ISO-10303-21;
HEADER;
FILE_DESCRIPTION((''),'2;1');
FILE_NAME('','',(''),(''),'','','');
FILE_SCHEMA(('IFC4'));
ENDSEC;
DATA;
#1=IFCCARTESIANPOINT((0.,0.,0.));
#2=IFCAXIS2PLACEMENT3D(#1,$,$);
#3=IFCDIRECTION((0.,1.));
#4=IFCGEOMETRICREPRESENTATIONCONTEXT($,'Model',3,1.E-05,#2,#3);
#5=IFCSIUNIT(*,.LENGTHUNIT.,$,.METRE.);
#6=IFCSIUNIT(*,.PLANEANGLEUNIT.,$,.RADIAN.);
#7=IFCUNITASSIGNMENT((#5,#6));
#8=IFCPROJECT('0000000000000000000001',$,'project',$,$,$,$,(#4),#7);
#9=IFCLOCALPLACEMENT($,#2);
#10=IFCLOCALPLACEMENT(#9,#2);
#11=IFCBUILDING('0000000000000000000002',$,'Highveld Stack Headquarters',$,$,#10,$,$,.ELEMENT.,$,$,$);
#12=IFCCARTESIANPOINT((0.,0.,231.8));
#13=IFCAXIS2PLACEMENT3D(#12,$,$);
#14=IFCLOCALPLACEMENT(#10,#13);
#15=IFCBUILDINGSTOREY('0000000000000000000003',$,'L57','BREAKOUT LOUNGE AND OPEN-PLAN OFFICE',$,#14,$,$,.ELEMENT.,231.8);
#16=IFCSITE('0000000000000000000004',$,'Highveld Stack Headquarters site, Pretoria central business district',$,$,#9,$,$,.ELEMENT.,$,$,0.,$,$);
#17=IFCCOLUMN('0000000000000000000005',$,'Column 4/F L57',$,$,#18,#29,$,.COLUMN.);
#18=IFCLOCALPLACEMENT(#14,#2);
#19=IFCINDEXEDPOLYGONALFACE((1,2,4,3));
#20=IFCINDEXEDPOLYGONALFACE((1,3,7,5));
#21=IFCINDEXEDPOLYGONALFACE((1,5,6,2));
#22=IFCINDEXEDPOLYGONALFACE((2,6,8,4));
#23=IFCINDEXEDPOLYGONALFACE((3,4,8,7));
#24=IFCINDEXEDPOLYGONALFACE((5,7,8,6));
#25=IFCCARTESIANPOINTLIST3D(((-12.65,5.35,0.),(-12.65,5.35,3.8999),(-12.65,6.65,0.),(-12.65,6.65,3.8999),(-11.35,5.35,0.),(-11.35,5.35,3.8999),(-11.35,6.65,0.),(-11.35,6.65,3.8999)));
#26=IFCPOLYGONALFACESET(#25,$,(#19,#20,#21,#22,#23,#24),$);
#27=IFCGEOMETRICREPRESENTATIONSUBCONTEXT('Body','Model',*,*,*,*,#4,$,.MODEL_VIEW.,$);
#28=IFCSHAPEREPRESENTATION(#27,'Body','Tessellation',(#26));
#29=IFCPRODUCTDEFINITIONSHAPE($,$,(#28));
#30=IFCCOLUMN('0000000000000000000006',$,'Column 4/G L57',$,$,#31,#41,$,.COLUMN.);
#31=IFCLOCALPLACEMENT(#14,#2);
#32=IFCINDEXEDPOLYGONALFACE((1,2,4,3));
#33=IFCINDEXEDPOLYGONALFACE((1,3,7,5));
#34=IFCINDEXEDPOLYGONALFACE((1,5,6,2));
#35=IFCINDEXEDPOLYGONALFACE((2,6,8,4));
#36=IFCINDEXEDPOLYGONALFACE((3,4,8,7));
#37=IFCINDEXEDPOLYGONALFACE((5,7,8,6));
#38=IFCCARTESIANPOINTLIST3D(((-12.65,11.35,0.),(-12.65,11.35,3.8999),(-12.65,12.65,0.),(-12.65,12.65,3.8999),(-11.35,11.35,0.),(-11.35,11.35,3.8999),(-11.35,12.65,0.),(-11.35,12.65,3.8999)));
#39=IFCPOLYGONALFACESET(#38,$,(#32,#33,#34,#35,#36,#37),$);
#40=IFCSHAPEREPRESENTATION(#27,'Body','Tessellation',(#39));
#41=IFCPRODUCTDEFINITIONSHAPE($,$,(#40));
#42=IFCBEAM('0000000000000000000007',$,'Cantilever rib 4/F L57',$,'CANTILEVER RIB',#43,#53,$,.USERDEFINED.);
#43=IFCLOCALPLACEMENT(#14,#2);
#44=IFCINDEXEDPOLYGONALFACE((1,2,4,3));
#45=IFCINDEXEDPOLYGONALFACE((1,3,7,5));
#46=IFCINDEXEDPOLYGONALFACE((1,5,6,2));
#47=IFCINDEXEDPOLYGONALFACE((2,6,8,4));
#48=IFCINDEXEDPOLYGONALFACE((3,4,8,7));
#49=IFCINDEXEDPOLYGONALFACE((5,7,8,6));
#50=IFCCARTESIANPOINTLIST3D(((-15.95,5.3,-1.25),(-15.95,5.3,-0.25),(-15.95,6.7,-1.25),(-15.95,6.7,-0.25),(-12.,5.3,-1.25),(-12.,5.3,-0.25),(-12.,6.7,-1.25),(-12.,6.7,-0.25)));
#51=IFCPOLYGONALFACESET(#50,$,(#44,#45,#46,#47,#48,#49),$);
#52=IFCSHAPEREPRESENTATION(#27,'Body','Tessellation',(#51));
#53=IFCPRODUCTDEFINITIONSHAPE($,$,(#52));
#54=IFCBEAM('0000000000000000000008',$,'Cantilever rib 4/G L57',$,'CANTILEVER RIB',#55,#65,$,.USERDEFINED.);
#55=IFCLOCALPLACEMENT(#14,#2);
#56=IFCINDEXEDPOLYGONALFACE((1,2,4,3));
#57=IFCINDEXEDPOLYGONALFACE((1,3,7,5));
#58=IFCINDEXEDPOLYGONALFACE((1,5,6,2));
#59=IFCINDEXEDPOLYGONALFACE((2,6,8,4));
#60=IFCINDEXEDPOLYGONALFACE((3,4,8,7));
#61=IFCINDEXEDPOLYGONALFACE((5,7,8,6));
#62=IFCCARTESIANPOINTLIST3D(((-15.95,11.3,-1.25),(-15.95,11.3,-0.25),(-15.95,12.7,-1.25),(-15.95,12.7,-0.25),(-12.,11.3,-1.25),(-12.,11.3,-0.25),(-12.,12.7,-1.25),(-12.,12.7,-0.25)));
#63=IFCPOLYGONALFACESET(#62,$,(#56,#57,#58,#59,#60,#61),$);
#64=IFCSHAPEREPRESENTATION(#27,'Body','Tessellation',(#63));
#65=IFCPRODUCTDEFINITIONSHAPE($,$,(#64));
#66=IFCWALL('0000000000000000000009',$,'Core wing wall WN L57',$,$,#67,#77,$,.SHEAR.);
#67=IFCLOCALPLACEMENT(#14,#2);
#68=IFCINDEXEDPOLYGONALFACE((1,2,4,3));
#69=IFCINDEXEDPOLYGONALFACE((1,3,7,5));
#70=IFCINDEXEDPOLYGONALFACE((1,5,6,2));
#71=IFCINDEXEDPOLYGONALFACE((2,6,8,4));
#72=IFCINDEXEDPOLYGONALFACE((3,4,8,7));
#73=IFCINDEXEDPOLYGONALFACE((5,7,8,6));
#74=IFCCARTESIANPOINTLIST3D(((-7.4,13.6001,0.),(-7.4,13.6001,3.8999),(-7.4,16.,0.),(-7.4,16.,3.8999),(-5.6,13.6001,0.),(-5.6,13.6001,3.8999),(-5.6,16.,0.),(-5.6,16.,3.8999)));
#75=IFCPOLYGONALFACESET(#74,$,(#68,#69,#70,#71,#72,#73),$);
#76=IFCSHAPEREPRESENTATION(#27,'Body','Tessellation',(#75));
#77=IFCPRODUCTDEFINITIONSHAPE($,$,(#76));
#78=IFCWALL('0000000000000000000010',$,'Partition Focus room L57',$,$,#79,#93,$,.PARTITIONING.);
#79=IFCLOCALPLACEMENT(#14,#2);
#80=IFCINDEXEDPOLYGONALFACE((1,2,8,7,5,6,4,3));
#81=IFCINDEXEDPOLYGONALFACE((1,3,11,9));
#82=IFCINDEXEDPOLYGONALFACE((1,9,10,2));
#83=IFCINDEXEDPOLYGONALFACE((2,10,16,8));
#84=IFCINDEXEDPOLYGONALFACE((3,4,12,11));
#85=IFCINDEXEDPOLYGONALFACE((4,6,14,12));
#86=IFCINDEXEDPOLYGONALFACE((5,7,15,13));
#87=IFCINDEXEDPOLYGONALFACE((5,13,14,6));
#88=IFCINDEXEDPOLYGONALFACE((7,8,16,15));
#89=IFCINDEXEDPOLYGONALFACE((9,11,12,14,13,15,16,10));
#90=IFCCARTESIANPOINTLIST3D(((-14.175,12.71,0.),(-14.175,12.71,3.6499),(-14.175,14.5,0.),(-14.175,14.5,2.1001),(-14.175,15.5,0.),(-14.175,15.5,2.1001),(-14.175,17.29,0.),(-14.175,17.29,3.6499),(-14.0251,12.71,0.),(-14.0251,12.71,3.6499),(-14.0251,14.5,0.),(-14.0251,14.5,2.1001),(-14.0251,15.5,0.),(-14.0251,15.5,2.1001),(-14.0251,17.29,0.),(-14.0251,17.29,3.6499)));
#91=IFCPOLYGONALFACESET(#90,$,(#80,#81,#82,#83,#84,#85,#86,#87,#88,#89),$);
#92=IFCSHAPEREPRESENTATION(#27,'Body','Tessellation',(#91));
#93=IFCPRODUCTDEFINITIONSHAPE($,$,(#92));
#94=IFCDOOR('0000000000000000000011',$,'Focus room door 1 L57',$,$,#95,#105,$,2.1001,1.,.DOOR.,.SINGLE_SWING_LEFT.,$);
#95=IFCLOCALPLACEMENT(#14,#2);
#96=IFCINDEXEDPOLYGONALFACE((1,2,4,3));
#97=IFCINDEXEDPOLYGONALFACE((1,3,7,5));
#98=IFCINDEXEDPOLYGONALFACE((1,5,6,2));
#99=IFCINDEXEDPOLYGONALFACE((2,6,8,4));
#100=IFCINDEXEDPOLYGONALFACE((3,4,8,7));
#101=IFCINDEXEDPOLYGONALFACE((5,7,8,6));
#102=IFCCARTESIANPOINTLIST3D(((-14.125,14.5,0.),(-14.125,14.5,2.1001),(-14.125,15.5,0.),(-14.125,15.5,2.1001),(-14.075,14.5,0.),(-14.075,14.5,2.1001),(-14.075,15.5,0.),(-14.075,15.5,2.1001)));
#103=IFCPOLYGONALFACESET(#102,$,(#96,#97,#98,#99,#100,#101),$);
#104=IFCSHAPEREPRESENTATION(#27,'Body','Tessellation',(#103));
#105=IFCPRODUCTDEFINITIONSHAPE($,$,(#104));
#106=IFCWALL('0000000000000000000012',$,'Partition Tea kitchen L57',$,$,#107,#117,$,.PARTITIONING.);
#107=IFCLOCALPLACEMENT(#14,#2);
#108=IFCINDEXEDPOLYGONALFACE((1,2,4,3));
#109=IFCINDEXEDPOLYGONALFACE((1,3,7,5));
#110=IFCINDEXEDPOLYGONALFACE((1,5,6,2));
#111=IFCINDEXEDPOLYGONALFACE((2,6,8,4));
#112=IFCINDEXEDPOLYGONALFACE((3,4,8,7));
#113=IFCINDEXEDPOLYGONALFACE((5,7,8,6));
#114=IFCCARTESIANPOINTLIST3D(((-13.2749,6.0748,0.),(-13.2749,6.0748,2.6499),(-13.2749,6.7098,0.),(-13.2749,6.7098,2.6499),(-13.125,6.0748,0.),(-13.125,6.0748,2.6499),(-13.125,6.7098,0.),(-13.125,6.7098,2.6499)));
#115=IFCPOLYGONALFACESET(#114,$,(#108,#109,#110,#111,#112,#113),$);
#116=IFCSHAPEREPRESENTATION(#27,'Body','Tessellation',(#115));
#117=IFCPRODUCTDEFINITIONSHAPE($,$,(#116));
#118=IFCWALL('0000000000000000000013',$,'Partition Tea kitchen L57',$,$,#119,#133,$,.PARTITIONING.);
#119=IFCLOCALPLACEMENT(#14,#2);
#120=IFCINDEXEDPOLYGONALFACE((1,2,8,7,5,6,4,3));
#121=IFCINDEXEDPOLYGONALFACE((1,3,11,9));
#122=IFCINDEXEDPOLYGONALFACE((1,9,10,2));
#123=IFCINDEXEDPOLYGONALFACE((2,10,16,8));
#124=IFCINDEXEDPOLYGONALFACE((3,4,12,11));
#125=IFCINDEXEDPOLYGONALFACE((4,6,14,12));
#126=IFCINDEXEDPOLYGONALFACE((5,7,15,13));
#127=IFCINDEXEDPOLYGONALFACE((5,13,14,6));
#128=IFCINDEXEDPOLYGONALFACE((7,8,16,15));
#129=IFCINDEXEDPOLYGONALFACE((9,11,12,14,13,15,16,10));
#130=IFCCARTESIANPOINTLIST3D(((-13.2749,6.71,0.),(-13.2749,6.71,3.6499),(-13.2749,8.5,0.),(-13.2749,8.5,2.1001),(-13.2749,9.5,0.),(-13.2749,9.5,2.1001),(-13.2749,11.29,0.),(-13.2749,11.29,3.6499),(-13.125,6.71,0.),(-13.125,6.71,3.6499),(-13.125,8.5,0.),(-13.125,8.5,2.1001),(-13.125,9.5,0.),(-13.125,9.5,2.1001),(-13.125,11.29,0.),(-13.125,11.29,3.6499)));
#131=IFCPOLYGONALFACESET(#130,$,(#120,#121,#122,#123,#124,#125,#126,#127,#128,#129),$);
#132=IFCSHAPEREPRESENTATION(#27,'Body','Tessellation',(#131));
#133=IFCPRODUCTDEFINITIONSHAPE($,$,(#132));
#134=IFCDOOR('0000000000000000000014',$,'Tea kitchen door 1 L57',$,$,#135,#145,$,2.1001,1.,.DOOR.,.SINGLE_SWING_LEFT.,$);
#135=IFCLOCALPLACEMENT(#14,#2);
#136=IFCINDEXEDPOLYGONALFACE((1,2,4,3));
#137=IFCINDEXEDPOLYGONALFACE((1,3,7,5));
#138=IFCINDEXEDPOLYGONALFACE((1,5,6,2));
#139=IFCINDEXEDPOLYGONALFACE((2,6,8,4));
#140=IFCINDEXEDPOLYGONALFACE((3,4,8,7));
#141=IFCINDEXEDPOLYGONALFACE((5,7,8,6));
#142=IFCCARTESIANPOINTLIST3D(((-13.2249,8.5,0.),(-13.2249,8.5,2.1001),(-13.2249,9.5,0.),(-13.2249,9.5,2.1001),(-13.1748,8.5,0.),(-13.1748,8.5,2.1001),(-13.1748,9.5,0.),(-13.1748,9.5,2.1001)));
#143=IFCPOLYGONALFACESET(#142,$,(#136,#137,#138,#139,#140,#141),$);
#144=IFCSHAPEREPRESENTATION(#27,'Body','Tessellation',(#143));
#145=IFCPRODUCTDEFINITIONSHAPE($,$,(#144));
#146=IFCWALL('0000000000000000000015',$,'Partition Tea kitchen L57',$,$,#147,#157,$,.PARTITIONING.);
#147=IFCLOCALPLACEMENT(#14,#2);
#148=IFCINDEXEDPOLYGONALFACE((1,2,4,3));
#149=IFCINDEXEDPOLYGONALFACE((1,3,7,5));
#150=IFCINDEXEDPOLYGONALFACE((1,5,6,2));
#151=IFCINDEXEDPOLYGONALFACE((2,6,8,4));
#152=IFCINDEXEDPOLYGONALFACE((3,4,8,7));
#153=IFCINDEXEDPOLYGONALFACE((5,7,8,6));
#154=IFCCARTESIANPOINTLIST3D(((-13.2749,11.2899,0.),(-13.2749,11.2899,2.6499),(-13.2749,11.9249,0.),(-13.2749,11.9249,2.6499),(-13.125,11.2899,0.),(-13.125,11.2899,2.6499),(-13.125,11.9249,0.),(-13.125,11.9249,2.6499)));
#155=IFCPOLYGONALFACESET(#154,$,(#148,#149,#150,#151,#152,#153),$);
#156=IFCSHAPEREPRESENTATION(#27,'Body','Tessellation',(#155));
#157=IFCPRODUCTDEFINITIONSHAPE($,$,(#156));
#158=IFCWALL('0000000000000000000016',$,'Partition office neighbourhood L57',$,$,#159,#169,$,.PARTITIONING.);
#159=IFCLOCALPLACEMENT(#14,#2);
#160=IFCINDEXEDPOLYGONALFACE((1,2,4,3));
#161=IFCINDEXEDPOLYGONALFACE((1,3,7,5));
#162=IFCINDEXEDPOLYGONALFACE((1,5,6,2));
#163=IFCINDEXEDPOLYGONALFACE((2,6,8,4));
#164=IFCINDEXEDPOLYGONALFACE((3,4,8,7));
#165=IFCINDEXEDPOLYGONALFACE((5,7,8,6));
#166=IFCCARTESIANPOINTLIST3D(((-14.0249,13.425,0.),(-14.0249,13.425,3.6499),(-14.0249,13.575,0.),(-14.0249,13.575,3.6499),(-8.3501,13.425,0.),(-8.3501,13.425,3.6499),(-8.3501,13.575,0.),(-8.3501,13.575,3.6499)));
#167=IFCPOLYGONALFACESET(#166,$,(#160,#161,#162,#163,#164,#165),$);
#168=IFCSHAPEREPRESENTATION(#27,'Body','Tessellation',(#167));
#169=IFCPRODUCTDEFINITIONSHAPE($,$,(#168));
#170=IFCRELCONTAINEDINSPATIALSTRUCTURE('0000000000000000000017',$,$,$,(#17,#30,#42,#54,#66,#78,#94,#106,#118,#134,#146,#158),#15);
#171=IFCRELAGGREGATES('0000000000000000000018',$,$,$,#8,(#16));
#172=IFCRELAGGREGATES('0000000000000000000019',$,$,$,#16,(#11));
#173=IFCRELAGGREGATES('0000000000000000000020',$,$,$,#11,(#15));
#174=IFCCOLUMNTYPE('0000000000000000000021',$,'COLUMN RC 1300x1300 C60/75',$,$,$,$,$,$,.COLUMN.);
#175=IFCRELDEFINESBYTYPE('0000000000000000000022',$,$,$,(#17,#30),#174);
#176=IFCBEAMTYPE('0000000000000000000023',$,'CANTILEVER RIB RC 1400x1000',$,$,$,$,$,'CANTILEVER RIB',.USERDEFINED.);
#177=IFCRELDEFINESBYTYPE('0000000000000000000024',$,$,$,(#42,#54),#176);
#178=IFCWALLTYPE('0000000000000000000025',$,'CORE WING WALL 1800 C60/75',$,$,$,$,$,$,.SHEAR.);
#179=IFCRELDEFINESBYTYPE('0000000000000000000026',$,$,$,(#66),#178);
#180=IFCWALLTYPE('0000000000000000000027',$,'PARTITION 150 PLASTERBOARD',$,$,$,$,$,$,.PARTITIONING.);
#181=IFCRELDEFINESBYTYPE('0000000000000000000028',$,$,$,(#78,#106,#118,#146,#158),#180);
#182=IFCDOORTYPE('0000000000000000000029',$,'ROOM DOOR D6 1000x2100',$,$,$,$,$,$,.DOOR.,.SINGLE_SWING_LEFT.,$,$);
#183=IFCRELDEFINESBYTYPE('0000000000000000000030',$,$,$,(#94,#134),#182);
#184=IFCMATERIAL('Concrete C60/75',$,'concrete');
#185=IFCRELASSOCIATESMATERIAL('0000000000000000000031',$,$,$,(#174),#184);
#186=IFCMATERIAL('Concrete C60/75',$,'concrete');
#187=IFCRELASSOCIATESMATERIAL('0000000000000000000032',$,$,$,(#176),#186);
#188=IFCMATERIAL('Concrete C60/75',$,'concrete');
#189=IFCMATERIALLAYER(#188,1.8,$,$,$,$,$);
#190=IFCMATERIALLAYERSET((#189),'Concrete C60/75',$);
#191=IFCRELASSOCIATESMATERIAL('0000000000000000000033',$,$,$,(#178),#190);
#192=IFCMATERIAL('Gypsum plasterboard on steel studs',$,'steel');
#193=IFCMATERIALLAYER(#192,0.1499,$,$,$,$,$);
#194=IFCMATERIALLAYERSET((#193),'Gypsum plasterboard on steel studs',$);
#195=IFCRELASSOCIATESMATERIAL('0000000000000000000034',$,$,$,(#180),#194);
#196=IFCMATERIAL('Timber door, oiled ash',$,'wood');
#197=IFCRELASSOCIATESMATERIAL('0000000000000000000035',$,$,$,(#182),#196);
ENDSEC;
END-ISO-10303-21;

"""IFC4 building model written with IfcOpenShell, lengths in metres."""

from ifc_helpers import new_model, si_unit, direction, frame, frame_2d, origin, origin_2d, place, context, subcontext, project, spatial, rectangle, extrude, material, layer, layer_set, material_profile, profile_set, type_object, element, fill, save


model = new_model("IFC4")

# Units and contexts
model_context = context("Model", 3, precision=1e-05, world=origin(), true_north=direction((0.0, 1.0)))
body_context = subcontext(model_context, "Body", "Model", "MODEL_VIEW")
ifc_project = project(units=[si_unit("LENGTHUNIT", "METRE"), si_unit("PLANEANGLEUNIT", "RADIAN")], contexts=[model_context])

# Site, building, storey
site_placement = place(None, origin())
site = spatial("IfcSite", under=ifc_project, at=site_placement, Name="Highveld Stack Headquarters site, Pretoria central business district", CompositionType="ELEMENT", RefElevation=0.0)
building_placement = place(site_placement, origin())
building = spatial("IfcBuilding", under=site, at=building_placement, Name="Highveld Stack Headquarters", CompositionType="ELEMENT")
storey_placement = place(building_placement, frame((0.0, 0.0, 231.8)))
storey = spatial("IfcBuildingStorey", under=building, at=storey_placement, Name="L57", Description="BREAKOUT LOUNGE AND OPEN-PLAN OFFICE", CompositionType="ELEMENT", Elevation=231.8)

# Columns
ifc_material_1 = material(Name="Concrete C60/75", Category="concrete")
ifc_material_profile_1 = material_profile(ifc_material_1, rectangle(XDim=1.3, YDim=1.3, at=origin_2d()), Name="RC 1300x1300")
ifc_profile_set_1 = profile_set([ifc_material_profile_1], Name="Concrete C60/75")
column_type = type_object("IfcColumnType", Name="COLUMN RC 1300x1300 C60/75", PredefinedType="COLUMN", material=ifc_profile_set_1)
for number, where, z_axis, x_axis, name in (
    (1, (-12.0, 6.0, 0.0), (0.0, 0.0, 1.0), (1.0, 0.0, 0.0), "Column 4/F L57"),
    (2, (-12.0, 12.0, 0.0), (0.0, 0.0, 1.0), (1.0, 0.0, 0.0), "Column 4/G L57"),
):
    element("IfcColumn", number, at=place(storey_placement, frame(where, z_axis=z_axis, x_axis=x_axis)), inside=storey, type_object=column_type, Name=name, PredefinedType="COLUMN", context=body_context, shape_type="SweptSolid", body=[
        extrude(rectangle(XDim=1.3, YDim=1.3, at=origin_2d()), origin(), (0.0, 0.0, 1.0), 3.8999),
    ])

# Beams
ifc_material_2 = material(Name="Concrete C60/75", Category="concrete")
ifc_material_profile_2 = material_profile(ifc_material_2, rectangle(XDim=1.3999, YDim=1.0, at=origin_2d()), Name="RC 1400x1000")
ifc_profile_set_2 = profile_set([ifc_material_profile_2], Name="Concrete C60/75")
beam_type = type_object("IfcBeamType", Name="CANTILEVER RIB RC 1400x1000", ElementType="CANTILEVER RIB", PredefinedType="USERDEFINED", material=ifc_profile_set_2)
for number, where, z_axis, x_axis, name in (
    (3, (-12.0, 6.0, -0.75), (-1.0, 0.0, 0.0), (0.0, -1.0, 0.0), "Cantilever rib 4/F L57"),
    (4, (-12.0, 12.0, -0.75), (-1.0, 0.0, 0.0), (0.0, -1.0, 0.0), "Cantilever rib 4/G L57"),
):
    element("IfcBeam", number, at=place(storey_placement, frame(where, z_axis=z_axis, x_axis=x_axis)), inside=storey, type_object=beam_type, Name=name, ObjectType="CANTILEVER RIB", PredefinedType="USERDEFINED", context=body_context, shape_type="SweptSolid", body=[
        extrude(rectangle(XDim=1.3999, YDim=1.0, at=origin_2d()), origin(), (0.0, 0.0, 1.0), 3.95),
    ])

# Wall
ifc_material_3 = material(Name="Concrete C60/75", Category="concrete")
ifc_layer_1 = layer(ifc_material_3, 1.8)
ifc_layer_set_1 = layer_set([ifc_layer_1], Name="Concrete C60/75")
wall_type_1 = type_object("IfcWallType", Name="CORE WING WALL 1800 C60/75", PredefinedType="SHEAR", material=ifc_layer_set_1)
wall_1_placement = place(storey_placement, frame((-6.5, 13.6001, 0.0), z_axis=(0.0, 0.0, 1.0), x_axis=(0.0, 1.0, 0.0)))
element("IfcWall", 5, at=wall_1_placement, inside=storey, type_object=wall_type_1, Name="Core wing wall WN L57", PredefinedType="SHEAR", context=body_context, shape_type="SweptSolid", body=[
    extrude(rectangle(XDim=2.3999, YDim=1.8, at=frame_2d((1.2, 0.0))), origin(), (0.0, 0.0, 1.0), 3.8999),
])

# Wall, opening, door
ifc_material_4 = material(Name="Gypsum plasterboard on steel studs", Category="steel")
ifc_layer_2 = layer(ifc_material_4, 0.1499)
ifc_layer_set_2 = layer_set([ifc_layer_2], Name="Gypsum plasterboard on steel studs")
wall_type_2 = type_object("IfcWallType", Name="PARTITION 150 PLASTERBOARD", PredefinedType="PARTITIONING", material=ifc_layer_set_2)
wall_2_placement = place(storey_placement, frame((-14.1001, 12.71, 0.0), z_axis=(0.0, 0.0, 1.0), x_axis=(0.0, 1.0, 0.0)))
wall_2 = element("IfcWall", 6, at=wall_2_placement, inside=storey, type_object=wall_type_2, Name="Partition Focus room L57", PredefinedType="PARTITIONING", context=body_context, shape_type="SweptSolid", body=[
    extrude(rectangle(XDim=4.5801, YDim=0.1499, at=frame_2d((2.29, 0.0))), origin(), (0.0, 0.0, 1.0), 3.6499),
])
opening_1_placement = place(wall_2_placement, frame((1.79, 0.0, 0.0)))
opening_1 = element("IfcOpeningElement", 7, at=opening_1_placement, cuts=wall_2, PredefinedType="OPENING", context=body_context, shape_type="SweptSolid", body=[
    extrude(rectangle(XDim=1.0, YDim=2.1001, at=frame_2d((0.5, 1.05))), frame((0.0, 0.085, 0.0), z_axis=(0.0, -1.0, 0.0), x_axis=(1.0, 0.0, 0.0)), (0.0, 0.0, 1.0), 0.1699),
])
ifc_material_5 = material(Name="Timber door, oiled ash", Category="wood")
door_type = type_object("IfcDoorType", Name="ROOM DOOR D6 1000x2100", OperationType="SINGLE_SWING_LEFT", PredefinedType="DOOR", material=ifc_material_5)
door_1_placement = place(opening_1_placement, origin())
door_1 = element("IfcDoor", 8, at=door_1_placement, inside=storey, type_object=door_type, Name="Focus room door 1 L57", OperationType="SINGLE_SWING_LEFT", OverallHeight=2.1001, OverallWidth=1.0, PredefinedType="DOOR", context=body_context, shape_type="SweptSolid", body=[
    extrude(rectangle(XDim=1.0, YDim=2.1001, at=frame_2d((0.5, 1.05))), frame((0.0, 0.0249, 0.0), z_axis=(0.0, -1.0, 0.0), x_axis=(1.0, 0.0, 0.0)), (0.0, 0.0, 1.0), 0.05),
])
fill(opening_1, door_1)

# Wall
wall_3_placement = place(storey_placement, frame((-13.2, 6.075, 0.0), z_axis=(0.0, 0.0, 1.0), x_axis=(0.0, 1.0, 0.0)))
element("IfcWall", 9, at=wall_3_placement, inside=storey, type_object=wall_type_2, Name="Partition Tea kitchen L57", PredefinedType="PARTITIONING", context=body_context, shape_type="SweptSolid", body=[
    extrude(rectangle(XDim=0.635, YDim=0.1499, at=frame_2d((0.3174, 0.0))), origin(), (0.0, 0.0, 1.0), 2.6499),
])

# Wall, opening, door
wall_4_placement = place(storey_placement, frame((-13.2, 6.71, 0.0), z_axis=(0.0, 0.0, 1.0), x_axis=(0.0, 1.0, 0.0)))
wall_4 = element("IfcWall", 10, at=wall_4_placement, inside=storey, type_object=wall_type_2, Name="Partition Tea kitchen L57", PredefinedType="PARTITIONING", context=body_context, shape_type="SweptSolid", body=[
    extrude(rectangle(XDim=4.5801, YDim=0.1499, at=frame_2d((2.29, 0.0))), origin(), (0.0, 0.0, 1.0), 3.6499),
])
opening_2_placement = place(wall_4_placement, frame((1.79, 0.0, 0.0)))
opening_2 = element("IfcOpeningElement", 11, at=opening_2_placement, cuts=wall_4, PredefinedType="OPENING", context=body_context, shape_type="SweptSolid", body=[
    extrude(rectangle(XDim=1.0, YDim=2.1001, at=frame_2d((0.5, 1.05))), frame((0.0, 0.085, 0.0), z_axis=(0.0, -1.0, 0.0), x_axis=(1.0, 0.0, 0.0)), (0.0, 0.0, 1.0), 0.1699),
])
door_2_placement = place(opening_2_placement, origin())
door_2 = element("IfcDoor", 12, at=door_2_placement, inside=storey, type_object=door_type, Name="Tea kitchen door 1 L57", OperationType="SINGLE_SWING_LEFT", OverallHeight=2.1001, OverallWidth=1.0, PredefinedType="DOOR", context=body_context, shape_type="SweptSolid", body=[
    extrude(rectangle(XDim=1.0, YDim=2.1001, at=frame_2d((0.5, 1.05))), frame((0.0, 0.0249, 0.0), z_axis=(0.0, -1.0, 0.0), x_axis=(1.0, 0.0, 0.0)), (0.0, 0.0, 1.0), 0.05),
])
fill(opening_2, door_2)

# Walls
wall_5_placement = place(storey_placement, frame((-13.2, 11.29, 0.0), z_axis=(0.0, 0.0, 1.0), x_axis=(0.0, 1.0, 0.0)))
element("IfcWall", 13, at=wall_5_placement, inside=storey, type_object=wall_type_2, Name="Partition Tea kitchen L57", PredefinedType="PARTITIONING", context=body_context, shape_type="SweptSolid", body=[
    extrude(rectangle(XDim=0.635, YDim=0.1499, at=frame_2d((0.3174, 0.0))), origin(), (0.0, 0.0, 1.0), 2.6499),
])
wall_6_placement = place(storey_placement, frame((-14.0249, 13.5, 0.0), z_axis=(0.0, 0.0, 1.0), x_axis=(1.0, 0.0, 0.0)))
element("IfcWall", 14, at=wall_6_placement, inside=storey, type_object=wall_type_2, Name="Partition office neighbourhood L57", PredefinedType="PARTITIONING", context=body_context, shape_type="SweptSolid", body=[
    extrude(rectangle(XDim=5.6748, YDim=0.1499, at=frame_2d((2.8374, 0.0))), origin(), (0.0, 0.0, 1.0), 3.6499),
])

save(model, "model.ifc")
